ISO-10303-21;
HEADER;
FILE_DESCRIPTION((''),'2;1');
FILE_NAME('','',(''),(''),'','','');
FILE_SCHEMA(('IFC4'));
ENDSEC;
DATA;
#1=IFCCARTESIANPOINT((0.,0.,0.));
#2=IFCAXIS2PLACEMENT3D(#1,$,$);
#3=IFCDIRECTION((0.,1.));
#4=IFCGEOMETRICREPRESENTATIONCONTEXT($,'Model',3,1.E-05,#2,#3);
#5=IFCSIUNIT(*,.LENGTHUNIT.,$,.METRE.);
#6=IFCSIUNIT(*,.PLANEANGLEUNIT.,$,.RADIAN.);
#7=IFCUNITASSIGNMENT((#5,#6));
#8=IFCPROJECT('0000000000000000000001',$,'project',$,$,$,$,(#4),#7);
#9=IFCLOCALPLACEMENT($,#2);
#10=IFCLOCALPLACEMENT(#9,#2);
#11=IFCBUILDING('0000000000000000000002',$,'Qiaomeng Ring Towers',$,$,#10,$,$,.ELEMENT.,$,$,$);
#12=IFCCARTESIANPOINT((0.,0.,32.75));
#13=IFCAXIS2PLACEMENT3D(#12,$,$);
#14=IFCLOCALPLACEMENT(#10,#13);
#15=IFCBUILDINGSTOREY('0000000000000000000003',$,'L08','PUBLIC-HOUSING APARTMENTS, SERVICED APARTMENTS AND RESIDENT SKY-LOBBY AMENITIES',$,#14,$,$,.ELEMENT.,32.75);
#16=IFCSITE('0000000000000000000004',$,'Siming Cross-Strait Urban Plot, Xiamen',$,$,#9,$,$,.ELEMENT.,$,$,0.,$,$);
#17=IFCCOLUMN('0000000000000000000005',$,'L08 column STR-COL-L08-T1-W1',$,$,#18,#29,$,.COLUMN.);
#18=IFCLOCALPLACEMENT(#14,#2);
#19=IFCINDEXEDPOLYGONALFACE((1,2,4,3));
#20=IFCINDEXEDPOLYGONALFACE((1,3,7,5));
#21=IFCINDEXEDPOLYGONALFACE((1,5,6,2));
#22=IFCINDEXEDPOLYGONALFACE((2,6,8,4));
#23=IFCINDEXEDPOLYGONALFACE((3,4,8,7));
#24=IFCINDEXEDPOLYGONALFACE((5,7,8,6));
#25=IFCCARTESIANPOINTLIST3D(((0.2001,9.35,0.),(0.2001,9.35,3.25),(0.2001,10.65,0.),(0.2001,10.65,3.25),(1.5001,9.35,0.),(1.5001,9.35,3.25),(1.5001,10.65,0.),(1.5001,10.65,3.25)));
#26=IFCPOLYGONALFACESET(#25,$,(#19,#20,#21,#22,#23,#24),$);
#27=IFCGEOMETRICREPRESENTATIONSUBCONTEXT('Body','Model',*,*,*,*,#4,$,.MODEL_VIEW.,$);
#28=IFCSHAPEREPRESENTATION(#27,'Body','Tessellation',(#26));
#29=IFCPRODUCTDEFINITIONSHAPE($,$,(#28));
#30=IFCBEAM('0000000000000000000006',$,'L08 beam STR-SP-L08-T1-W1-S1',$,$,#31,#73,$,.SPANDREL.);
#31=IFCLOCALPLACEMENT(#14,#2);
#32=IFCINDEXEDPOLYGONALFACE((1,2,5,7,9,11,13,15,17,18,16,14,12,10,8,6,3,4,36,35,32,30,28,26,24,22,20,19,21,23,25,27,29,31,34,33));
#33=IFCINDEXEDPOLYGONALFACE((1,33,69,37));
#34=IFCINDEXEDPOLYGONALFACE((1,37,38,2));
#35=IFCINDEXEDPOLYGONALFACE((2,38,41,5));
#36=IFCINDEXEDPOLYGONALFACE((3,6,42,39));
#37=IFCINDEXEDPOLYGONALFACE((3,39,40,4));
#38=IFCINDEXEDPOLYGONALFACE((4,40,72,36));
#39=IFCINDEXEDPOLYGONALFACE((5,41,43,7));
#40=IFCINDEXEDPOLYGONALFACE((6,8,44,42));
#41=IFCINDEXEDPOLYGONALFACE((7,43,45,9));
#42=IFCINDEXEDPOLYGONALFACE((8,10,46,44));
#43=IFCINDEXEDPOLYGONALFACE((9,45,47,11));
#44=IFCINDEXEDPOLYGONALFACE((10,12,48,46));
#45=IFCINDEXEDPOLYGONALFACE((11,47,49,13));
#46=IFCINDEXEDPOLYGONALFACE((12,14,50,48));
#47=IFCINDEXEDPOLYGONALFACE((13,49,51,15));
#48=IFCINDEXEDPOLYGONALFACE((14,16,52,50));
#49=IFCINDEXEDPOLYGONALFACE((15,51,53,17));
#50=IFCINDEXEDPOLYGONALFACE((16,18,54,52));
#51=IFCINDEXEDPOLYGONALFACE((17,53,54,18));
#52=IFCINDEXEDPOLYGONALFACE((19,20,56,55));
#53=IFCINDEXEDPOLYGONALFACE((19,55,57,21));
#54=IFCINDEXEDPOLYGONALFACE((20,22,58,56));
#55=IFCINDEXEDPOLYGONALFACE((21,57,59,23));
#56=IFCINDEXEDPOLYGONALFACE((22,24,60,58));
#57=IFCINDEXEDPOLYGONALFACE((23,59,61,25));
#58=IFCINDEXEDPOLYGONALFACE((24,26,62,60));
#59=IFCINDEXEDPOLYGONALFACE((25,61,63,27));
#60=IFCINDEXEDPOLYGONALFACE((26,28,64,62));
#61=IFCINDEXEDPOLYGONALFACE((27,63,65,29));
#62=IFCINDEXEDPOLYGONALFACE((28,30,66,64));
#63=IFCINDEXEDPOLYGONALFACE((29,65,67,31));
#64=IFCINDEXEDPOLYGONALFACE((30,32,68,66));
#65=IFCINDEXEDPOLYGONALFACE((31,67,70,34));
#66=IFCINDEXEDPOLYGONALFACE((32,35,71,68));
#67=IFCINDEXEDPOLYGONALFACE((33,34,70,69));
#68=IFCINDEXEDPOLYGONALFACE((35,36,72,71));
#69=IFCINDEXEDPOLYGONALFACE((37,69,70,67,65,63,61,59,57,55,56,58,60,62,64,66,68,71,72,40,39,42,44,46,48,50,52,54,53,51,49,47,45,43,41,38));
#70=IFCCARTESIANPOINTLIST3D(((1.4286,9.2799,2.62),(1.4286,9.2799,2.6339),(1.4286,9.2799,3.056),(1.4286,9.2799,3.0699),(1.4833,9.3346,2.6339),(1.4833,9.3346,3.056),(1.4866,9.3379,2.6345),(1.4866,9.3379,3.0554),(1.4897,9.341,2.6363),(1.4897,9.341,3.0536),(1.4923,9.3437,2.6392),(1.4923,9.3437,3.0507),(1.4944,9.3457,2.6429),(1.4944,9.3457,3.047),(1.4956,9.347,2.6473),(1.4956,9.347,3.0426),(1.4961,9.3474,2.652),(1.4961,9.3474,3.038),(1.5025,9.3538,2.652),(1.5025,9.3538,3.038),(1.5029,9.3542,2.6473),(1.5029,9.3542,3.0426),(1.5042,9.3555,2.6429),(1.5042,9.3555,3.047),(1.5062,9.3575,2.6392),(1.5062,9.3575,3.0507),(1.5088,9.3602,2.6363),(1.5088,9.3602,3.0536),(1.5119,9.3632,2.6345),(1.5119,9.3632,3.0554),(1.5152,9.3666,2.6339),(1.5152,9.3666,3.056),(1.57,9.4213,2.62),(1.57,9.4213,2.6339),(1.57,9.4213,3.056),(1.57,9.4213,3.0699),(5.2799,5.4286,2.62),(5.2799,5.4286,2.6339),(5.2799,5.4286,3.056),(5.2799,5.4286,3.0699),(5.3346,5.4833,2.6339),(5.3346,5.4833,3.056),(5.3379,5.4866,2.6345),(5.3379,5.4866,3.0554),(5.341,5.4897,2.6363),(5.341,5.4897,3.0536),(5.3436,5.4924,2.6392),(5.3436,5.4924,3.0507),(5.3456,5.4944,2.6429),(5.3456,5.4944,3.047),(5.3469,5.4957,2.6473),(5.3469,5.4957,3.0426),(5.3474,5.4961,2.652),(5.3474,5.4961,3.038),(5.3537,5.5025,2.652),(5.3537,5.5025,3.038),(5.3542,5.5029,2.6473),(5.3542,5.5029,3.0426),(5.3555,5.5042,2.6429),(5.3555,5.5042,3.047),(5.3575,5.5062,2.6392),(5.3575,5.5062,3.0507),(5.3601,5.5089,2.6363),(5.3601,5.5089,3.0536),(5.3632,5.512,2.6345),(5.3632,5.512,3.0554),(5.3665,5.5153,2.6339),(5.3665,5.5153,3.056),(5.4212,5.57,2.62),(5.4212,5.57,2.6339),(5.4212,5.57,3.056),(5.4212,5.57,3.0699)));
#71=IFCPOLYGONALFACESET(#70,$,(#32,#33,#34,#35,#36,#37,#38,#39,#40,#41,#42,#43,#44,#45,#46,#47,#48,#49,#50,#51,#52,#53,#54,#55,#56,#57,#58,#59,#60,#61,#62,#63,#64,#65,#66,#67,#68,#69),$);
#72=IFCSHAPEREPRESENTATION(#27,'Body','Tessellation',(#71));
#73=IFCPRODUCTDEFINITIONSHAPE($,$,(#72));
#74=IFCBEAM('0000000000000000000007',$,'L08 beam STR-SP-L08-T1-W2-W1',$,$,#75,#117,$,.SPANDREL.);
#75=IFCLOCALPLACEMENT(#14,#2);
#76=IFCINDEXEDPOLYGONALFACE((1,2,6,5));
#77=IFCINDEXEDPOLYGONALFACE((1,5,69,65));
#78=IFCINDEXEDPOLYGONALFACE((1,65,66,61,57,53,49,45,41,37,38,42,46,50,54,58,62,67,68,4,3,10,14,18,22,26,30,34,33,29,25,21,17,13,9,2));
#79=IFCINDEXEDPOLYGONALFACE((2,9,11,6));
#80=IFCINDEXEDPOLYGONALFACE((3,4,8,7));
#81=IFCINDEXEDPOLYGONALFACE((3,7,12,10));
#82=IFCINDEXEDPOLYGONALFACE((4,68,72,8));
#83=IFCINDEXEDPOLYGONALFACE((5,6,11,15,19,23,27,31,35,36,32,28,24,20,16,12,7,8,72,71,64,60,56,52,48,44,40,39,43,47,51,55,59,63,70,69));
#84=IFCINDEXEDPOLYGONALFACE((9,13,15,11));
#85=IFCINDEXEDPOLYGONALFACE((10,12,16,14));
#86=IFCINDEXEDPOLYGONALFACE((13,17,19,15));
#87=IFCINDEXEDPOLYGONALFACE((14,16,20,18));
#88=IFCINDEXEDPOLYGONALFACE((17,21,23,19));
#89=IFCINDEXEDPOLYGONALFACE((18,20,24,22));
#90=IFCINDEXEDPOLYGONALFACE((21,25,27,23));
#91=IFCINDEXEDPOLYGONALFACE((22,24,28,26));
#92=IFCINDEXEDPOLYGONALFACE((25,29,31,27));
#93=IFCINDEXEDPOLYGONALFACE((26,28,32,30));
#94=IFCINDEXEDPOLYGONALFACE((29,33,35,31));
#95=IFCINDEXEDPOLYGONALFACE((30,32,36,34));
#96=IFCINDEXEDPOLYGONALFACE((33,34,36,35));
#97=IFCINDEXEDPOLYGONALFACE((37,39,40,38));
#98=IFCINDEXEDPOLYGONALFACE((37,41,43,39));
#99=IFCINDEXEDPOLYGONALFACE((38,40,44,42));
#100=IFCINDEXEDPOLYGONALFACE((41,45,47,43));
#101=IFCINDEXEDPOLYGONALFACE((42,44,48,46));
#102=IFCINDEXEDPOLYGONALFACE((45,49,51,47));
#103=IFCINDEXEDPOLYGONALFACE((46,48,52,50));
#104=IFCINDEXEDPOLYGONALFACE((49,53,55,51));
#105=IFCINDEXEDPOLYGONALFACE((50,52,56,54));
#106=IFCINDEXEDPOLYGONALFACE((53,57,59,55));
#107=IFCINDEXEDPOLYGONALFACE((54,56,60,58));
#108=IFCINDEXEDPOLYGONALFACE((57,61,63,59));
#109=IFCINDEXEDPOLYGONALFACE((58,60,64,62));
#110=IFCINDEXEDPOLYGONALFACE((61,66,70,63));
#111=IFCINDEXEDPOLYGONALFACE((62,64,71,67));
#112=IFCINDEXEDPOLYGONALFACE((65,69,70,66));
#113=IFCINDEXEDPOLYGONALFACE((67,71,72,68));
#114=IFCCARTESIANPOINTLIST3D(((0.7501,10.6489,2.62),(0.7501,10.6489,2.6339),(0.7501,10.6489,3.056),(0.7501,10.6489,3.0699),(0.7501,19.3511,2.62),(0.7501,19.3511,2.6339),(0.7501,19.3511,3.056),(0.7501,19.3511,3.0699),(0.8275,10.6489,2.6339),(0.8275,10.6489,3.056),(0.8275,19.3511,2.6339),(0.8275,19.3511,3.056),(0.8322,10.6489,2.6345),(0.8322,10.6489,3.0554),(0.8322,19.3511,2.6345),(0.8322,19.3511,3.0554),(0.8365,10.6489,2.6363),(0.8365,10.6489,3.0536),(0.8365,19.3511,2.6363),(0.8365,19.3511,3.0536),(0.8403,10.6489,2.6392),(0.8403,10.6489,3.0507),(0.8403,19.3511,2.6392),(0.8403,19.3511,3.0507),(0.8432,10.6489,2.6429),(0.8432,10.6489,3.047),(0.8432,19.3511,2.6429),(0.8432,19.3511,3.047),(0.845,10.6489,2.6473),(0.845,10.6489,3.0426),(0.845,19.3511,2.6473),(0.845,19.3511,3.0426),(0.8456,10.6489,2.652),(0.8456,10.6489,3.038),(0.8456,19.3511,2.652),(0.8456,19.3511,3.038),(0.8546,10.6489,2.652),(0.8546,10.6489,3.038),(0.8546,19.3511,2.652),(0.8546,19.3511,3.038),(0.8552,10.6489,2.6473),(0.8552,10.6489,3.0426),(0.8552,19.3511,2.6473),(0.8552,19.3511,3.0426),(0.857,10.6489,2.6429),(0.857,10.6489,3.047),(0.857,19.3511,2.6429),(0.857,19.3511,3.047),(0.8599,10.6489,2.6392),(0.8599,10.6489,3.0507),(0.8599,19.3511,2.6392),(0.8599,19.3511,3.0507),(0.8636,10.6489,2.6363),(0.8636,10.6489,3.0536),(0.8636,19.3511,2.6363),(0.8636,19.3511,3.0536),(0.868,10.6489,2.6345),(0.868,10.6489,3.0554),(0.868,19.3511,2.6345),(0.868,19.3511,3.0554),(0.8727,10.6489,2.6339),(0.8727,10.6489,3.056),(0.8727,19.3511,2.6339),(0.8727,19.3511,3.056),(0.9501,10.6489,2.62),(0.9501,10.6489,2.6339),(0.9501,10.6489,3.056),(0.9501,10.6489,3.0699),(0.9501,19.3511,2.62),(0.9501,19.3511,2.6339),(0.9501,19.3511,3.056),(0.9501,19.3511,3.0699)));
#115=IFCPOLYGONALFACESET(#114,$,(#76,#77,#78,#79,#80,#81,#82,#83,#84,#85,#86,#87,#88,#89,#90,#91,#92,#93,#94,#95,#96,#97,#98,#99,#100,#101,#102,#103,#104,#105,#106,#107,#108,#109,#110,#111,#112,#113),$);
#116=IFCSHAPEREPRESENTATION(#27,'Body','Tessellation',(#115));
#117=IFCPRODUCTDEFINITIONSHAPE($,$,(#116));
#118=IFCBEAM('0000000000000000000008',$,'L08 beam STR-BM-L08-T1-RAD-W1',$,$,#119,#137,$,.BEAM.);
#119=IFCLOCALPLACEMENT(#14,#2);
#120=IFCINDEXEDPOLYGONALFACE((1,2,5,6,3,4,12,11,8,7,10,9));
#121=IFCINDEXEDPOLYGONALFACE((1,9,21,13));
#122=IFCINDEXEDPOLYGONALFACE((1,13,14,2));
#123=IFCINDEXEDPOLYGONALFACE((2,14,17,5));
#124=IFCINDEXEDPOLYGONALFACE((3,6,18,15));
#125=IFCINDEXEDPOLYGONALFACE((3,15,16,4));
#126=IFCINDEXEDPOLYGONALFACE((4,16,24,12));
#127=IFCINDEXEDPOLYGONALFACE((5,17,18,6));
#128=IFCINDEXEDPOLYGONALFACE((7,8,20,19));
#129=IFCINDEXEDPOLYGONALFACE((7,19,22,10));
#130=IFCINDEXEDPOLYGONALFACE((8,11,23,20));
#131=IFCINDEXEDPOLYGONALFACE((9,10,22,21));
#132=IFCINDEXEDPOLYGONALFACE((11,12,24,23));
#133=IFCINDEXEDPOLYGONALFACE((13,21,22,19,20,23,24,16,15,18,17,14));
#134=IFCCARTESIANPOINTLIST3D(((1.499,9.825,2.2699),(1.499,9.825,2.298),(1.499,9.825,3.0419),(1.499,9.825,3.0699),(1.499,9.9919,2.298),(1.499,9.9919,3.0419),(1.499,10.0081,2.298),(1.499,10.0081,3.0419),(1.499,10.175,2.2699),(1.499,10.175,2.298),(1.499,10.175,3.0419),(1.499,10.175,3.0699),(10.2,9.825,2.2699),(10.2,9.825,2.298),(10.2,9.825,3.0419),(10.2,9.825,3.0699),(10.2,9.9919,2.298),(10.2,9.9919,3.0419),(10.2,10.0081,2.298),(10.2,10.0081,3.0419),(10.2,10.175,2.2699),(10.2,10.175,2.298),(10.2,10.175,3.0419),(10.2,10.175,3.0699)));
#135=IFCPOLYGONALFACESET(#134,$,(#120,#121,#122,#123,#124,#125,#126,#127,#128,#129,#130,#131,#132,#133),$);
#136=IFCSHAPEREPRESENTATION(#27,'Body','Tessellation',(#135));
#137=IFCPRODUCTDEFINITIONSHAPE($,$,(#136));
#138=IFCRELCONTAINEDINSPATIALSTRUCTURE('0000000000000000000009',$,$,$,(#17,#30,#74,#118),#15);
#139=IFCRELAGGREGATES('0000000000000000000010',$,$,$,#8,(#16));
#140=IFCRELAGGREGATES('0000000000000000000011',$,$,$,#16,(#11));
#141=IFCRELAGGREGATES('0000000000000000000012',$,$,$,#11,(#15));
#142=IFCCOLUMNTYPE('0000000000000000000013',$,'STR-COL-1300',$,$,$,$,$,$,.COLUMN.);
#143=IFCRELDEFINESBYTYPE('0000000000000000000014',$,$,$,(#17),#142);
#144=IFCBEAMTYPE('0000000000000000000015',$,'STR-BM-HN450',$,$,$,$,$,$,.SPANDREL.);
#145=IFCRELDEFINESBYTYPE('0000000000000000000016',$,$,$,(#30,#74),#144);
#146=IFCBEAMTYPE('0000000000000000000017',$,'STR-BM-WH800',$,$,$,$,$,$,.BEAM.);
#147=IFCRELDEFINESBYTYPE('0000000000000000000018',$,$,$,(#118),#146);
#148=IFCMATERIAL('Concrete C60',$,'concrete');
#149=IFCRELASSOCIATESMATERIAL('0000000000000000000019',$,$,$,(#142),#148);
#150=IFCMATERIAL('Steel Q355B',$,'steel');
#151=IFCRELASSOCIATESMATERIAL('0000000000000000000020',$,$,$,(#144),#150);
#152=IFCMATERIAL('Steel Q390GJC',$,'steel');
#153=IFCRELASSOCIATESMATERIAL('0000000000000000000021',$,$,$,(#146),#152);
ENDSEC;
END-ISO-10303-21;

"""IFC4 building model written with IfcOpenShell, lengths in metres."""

from ifc_helpers import new_model, si_unit, direction, frame, origin, origin_2d, place, context, subcontext, project, spatial, rectangle, i_section, extrude, source, transform, mapped, material, material_profile, profile_set, type_object, element, save


model = new_model("IFC4")

# Units and contexts
model_context = context("Model", 3, precision=1e-05, world=origin(), true_north=direction((0.0, 1.0)))
body_context = subcontext(model_context, "Body", "Model", "MODEL_VIEW")
ifc_project = project(units=[si_unit("LENGTHUNIT", "METRE"), si_unit("PLANEANGLEUNIT", "RADIAN")], contexts=[model_context])

# Site, building, storey
site_placement = place(None, origin())
site = spatial("IfcSite", under=ifc_project, at=site_placement, Name="Siming Cross-Strait Urban Plot, Xiamen", CompositionType="ELEMENT", RefElevation=0.0)
building_placement = place(site_placement, origin())
building = spatial("IfcBuilding", under=site, at=building_placement, Name="Qiaomeng Ring Towers", CompositionType="ELEMENT")
storey_placement = place(building_placement, frame((0.0, 0.0, 32.75)))
storey = spatial("IfcBuildingStorey", under=building, at=storey_placement, Name="L08", Description="PUBLIC-HOUSING APARTMENTS, SERVICED APARTMENTS AND RESIDENT SKY-LOBBY AMENITIES", CompositionType="ELEMENT", Elevation=32.75)

# Column
ifc_material_1 = material(Name="Concrete C60", Category="concrete")
ifc_material_profile_1 = material_profile(ifc_material_1, rectangle(XDim=1.3, YDim=1.3, at=origin_2d()), Name="RC COL 1300x1300")
ifc_profile_set_1 = profile_set([ifc_material_profile_1], Name="Concrete C60")
column_type = type_object("IfcColumnType", Name="STR-COL-1300", PredefinedType="COLUMN", material=ifc_profile_set_1)
shared_shape_1 = source(origin(), body_context, "Body", "SweptSolid", [
    extrude(rectangle(XDim=1.3, YDim=1.3, at=origin_2d()), origin(), (0.0, 0.0, 1.0), 3.25),
])
column_placement = place(storey_placement, frame((0.8501, 10.0, 0.0), z_axis=(0.0, 0.0, 1.0), x_axis=(1.0, 0.0, 0.0)))
element("IfcColumn", 1, at=column_placement, inside=storey, type_object=column_type, Name="L08 column STR-COL-L08-T1-W1", PredefinedType="COLUMN", context=body_context, shape_type="MappedRepresentation", body=[
    mapped(shared_shape_1, transform((0.0, 0.0, 0.0), x_axis=(1.0, 0.0, 0.0), y_axis=(0.0, 1.0, 0.0), z_axis=(0.0, 0.0, 1.0), scale=1.0)),
])

# Beams
ifc_material_2 = material(Name="Steel Q355B", Category="steel")
ifc_material_profile_2 = material_profile(ifc_material_2, i_section(OverallWidth=0.2, OverallDepth=0.45, WebThickness=0.009, FlangeThickness=0.0139, FilletRadius=0.0181, at=origin_2d()), Name="HN 450x200x9x14")
ifc_profile_set_2 = profile_set([ifc_material_profile_2], Name="Steel Q355B")
beam_type_1 = type_object("IfcBeamType", Name="STR-BM-HN450", PredefinedType="SPANDREL", material=ifc_profile_set_2)
shared_shape_2 = source(origin(), body_context, "Body", "SweptSolid", [
    extrude(i_section(OverallWidth=0.2, OverallDepth=0.45, WebThickness=0.009, FlangeThickness=0.0139, FilletRadius=0.0181, at=origin_2d()), origin(), (0.0, 0.0, 1.0), 5.4465),
])
beam_1_placement = place(storey_placement, frame((1.4993, 9.3506, 2.845), z_axis=(0.707107, -0.707107, 0.0), x_axis=(0.707107, 0.707107, 0.0)))
element("IfcBeam", 2, at=beam_1_placement, inside=storey, type_object=beam_type_1, Name="L08 beam STR-SP-L08-T1-W1-S1", PredefinedType="SPANDREL", context=body_context, shape_type="MappedRepresentation", body=[
    mapped(shared_shape_2, transform((0.0, 0.0, 0.0), x_axis=(1.0, 0.0, 0.0), y_axis=(0.0, 1.0, 0.0), z_axis=(0.0, 0.0, 1.0), scale=1.0)),
])
shared_shape_3 = source(origin(), body_context, "Body", "SweptSolid", [
    extrude(i_section(OverallWidth=0.2, OverallDepth=0.45, WebThickness=0.009, FlangeThickness=0.0139, FilletRadius=0.0181, at=origin_2d()), origin(), (0.0, 0.0, 1.0), 8.7021),
])
beam_2_placement = place(storey_placement, frame((0.8501, 19.3511, 2.845), z_axis=(0.0, -1.0, 0.0), x_axis=(1.0, 0.0, 0.0)))
element("IfcBeam", 3, at=beam_2_placement, inside=storey, type_object=beam_type_1, Name="L08 beam STR-SP-L08-T1-W2-W1", PredefinedType="SPANDREL", context=body_context, shape_type="MappedRepresentation", body=[
    mapped(shared_shape_3, transform((0.0, 0.0, 0.0), x_axis=(1.0, 0.0, 0.0), y_axis=(0.0, 1.0, 0.0), z_axis=(0.0, 0.0, 1.0), scale=1.0)),
])
ifc_material_3 = material(Name="Steel Q390GJC", Category="steel")
ifc_material_profile_3 = material_profile(ifc_material_3, i_section(OverallWidth=0.3501, OverallDepth=0.8, WebThickness=0.0161, FlangeThickness=0.0281, at=origin_2d()), Name="WH 800x350x16x28")
ifc_profile_set_3 = profile_set([ifc_material_profile_3], Name="Steel Q390GJC")
beam_type_2 = type_object("IfcBeamType", Name="STR-BM-WH800", PredefinedType="BEAM", material=ifc_profile_set_3)
shared_shape_4 = source(origin(), body_context, "Body", "SweptSolid", [
    extrude(i_section(OverallWidth=0.3501, OverallDepth=0.8, WebThickness=0.0161, FlangeThickness=0.0281, at=origin_2d()), origin(), (0.0, 0.0, 1.0), 8.7009),
])
beam_3_placement = place(storey_placement, frame((1.499, 10.0, 2.6699), z_axis=(1.0, 0.0, 0.0), x_axis=(0.0, 1.0, 0.0)))
element("IfcBeam", 4, at=beam_3_placement, inside=storey, type_object=beam_type_2, Name="L08 beam STR-BM-L08-T1-RAD-W1", PredefinedType="BEAM", context=body_context, shape_type="MappedRepresentation", body=[
    mapped(shared_shape_4, transform((0.0, 0.0, 0.0), x_axis=(1.0, 0.0, 0.0), y_axis=(0.0, 1.0, 0.0), z_axis=(0.0, 0.0, 1.0), scale=1.0)),
])

save(model, "model.ifc")
